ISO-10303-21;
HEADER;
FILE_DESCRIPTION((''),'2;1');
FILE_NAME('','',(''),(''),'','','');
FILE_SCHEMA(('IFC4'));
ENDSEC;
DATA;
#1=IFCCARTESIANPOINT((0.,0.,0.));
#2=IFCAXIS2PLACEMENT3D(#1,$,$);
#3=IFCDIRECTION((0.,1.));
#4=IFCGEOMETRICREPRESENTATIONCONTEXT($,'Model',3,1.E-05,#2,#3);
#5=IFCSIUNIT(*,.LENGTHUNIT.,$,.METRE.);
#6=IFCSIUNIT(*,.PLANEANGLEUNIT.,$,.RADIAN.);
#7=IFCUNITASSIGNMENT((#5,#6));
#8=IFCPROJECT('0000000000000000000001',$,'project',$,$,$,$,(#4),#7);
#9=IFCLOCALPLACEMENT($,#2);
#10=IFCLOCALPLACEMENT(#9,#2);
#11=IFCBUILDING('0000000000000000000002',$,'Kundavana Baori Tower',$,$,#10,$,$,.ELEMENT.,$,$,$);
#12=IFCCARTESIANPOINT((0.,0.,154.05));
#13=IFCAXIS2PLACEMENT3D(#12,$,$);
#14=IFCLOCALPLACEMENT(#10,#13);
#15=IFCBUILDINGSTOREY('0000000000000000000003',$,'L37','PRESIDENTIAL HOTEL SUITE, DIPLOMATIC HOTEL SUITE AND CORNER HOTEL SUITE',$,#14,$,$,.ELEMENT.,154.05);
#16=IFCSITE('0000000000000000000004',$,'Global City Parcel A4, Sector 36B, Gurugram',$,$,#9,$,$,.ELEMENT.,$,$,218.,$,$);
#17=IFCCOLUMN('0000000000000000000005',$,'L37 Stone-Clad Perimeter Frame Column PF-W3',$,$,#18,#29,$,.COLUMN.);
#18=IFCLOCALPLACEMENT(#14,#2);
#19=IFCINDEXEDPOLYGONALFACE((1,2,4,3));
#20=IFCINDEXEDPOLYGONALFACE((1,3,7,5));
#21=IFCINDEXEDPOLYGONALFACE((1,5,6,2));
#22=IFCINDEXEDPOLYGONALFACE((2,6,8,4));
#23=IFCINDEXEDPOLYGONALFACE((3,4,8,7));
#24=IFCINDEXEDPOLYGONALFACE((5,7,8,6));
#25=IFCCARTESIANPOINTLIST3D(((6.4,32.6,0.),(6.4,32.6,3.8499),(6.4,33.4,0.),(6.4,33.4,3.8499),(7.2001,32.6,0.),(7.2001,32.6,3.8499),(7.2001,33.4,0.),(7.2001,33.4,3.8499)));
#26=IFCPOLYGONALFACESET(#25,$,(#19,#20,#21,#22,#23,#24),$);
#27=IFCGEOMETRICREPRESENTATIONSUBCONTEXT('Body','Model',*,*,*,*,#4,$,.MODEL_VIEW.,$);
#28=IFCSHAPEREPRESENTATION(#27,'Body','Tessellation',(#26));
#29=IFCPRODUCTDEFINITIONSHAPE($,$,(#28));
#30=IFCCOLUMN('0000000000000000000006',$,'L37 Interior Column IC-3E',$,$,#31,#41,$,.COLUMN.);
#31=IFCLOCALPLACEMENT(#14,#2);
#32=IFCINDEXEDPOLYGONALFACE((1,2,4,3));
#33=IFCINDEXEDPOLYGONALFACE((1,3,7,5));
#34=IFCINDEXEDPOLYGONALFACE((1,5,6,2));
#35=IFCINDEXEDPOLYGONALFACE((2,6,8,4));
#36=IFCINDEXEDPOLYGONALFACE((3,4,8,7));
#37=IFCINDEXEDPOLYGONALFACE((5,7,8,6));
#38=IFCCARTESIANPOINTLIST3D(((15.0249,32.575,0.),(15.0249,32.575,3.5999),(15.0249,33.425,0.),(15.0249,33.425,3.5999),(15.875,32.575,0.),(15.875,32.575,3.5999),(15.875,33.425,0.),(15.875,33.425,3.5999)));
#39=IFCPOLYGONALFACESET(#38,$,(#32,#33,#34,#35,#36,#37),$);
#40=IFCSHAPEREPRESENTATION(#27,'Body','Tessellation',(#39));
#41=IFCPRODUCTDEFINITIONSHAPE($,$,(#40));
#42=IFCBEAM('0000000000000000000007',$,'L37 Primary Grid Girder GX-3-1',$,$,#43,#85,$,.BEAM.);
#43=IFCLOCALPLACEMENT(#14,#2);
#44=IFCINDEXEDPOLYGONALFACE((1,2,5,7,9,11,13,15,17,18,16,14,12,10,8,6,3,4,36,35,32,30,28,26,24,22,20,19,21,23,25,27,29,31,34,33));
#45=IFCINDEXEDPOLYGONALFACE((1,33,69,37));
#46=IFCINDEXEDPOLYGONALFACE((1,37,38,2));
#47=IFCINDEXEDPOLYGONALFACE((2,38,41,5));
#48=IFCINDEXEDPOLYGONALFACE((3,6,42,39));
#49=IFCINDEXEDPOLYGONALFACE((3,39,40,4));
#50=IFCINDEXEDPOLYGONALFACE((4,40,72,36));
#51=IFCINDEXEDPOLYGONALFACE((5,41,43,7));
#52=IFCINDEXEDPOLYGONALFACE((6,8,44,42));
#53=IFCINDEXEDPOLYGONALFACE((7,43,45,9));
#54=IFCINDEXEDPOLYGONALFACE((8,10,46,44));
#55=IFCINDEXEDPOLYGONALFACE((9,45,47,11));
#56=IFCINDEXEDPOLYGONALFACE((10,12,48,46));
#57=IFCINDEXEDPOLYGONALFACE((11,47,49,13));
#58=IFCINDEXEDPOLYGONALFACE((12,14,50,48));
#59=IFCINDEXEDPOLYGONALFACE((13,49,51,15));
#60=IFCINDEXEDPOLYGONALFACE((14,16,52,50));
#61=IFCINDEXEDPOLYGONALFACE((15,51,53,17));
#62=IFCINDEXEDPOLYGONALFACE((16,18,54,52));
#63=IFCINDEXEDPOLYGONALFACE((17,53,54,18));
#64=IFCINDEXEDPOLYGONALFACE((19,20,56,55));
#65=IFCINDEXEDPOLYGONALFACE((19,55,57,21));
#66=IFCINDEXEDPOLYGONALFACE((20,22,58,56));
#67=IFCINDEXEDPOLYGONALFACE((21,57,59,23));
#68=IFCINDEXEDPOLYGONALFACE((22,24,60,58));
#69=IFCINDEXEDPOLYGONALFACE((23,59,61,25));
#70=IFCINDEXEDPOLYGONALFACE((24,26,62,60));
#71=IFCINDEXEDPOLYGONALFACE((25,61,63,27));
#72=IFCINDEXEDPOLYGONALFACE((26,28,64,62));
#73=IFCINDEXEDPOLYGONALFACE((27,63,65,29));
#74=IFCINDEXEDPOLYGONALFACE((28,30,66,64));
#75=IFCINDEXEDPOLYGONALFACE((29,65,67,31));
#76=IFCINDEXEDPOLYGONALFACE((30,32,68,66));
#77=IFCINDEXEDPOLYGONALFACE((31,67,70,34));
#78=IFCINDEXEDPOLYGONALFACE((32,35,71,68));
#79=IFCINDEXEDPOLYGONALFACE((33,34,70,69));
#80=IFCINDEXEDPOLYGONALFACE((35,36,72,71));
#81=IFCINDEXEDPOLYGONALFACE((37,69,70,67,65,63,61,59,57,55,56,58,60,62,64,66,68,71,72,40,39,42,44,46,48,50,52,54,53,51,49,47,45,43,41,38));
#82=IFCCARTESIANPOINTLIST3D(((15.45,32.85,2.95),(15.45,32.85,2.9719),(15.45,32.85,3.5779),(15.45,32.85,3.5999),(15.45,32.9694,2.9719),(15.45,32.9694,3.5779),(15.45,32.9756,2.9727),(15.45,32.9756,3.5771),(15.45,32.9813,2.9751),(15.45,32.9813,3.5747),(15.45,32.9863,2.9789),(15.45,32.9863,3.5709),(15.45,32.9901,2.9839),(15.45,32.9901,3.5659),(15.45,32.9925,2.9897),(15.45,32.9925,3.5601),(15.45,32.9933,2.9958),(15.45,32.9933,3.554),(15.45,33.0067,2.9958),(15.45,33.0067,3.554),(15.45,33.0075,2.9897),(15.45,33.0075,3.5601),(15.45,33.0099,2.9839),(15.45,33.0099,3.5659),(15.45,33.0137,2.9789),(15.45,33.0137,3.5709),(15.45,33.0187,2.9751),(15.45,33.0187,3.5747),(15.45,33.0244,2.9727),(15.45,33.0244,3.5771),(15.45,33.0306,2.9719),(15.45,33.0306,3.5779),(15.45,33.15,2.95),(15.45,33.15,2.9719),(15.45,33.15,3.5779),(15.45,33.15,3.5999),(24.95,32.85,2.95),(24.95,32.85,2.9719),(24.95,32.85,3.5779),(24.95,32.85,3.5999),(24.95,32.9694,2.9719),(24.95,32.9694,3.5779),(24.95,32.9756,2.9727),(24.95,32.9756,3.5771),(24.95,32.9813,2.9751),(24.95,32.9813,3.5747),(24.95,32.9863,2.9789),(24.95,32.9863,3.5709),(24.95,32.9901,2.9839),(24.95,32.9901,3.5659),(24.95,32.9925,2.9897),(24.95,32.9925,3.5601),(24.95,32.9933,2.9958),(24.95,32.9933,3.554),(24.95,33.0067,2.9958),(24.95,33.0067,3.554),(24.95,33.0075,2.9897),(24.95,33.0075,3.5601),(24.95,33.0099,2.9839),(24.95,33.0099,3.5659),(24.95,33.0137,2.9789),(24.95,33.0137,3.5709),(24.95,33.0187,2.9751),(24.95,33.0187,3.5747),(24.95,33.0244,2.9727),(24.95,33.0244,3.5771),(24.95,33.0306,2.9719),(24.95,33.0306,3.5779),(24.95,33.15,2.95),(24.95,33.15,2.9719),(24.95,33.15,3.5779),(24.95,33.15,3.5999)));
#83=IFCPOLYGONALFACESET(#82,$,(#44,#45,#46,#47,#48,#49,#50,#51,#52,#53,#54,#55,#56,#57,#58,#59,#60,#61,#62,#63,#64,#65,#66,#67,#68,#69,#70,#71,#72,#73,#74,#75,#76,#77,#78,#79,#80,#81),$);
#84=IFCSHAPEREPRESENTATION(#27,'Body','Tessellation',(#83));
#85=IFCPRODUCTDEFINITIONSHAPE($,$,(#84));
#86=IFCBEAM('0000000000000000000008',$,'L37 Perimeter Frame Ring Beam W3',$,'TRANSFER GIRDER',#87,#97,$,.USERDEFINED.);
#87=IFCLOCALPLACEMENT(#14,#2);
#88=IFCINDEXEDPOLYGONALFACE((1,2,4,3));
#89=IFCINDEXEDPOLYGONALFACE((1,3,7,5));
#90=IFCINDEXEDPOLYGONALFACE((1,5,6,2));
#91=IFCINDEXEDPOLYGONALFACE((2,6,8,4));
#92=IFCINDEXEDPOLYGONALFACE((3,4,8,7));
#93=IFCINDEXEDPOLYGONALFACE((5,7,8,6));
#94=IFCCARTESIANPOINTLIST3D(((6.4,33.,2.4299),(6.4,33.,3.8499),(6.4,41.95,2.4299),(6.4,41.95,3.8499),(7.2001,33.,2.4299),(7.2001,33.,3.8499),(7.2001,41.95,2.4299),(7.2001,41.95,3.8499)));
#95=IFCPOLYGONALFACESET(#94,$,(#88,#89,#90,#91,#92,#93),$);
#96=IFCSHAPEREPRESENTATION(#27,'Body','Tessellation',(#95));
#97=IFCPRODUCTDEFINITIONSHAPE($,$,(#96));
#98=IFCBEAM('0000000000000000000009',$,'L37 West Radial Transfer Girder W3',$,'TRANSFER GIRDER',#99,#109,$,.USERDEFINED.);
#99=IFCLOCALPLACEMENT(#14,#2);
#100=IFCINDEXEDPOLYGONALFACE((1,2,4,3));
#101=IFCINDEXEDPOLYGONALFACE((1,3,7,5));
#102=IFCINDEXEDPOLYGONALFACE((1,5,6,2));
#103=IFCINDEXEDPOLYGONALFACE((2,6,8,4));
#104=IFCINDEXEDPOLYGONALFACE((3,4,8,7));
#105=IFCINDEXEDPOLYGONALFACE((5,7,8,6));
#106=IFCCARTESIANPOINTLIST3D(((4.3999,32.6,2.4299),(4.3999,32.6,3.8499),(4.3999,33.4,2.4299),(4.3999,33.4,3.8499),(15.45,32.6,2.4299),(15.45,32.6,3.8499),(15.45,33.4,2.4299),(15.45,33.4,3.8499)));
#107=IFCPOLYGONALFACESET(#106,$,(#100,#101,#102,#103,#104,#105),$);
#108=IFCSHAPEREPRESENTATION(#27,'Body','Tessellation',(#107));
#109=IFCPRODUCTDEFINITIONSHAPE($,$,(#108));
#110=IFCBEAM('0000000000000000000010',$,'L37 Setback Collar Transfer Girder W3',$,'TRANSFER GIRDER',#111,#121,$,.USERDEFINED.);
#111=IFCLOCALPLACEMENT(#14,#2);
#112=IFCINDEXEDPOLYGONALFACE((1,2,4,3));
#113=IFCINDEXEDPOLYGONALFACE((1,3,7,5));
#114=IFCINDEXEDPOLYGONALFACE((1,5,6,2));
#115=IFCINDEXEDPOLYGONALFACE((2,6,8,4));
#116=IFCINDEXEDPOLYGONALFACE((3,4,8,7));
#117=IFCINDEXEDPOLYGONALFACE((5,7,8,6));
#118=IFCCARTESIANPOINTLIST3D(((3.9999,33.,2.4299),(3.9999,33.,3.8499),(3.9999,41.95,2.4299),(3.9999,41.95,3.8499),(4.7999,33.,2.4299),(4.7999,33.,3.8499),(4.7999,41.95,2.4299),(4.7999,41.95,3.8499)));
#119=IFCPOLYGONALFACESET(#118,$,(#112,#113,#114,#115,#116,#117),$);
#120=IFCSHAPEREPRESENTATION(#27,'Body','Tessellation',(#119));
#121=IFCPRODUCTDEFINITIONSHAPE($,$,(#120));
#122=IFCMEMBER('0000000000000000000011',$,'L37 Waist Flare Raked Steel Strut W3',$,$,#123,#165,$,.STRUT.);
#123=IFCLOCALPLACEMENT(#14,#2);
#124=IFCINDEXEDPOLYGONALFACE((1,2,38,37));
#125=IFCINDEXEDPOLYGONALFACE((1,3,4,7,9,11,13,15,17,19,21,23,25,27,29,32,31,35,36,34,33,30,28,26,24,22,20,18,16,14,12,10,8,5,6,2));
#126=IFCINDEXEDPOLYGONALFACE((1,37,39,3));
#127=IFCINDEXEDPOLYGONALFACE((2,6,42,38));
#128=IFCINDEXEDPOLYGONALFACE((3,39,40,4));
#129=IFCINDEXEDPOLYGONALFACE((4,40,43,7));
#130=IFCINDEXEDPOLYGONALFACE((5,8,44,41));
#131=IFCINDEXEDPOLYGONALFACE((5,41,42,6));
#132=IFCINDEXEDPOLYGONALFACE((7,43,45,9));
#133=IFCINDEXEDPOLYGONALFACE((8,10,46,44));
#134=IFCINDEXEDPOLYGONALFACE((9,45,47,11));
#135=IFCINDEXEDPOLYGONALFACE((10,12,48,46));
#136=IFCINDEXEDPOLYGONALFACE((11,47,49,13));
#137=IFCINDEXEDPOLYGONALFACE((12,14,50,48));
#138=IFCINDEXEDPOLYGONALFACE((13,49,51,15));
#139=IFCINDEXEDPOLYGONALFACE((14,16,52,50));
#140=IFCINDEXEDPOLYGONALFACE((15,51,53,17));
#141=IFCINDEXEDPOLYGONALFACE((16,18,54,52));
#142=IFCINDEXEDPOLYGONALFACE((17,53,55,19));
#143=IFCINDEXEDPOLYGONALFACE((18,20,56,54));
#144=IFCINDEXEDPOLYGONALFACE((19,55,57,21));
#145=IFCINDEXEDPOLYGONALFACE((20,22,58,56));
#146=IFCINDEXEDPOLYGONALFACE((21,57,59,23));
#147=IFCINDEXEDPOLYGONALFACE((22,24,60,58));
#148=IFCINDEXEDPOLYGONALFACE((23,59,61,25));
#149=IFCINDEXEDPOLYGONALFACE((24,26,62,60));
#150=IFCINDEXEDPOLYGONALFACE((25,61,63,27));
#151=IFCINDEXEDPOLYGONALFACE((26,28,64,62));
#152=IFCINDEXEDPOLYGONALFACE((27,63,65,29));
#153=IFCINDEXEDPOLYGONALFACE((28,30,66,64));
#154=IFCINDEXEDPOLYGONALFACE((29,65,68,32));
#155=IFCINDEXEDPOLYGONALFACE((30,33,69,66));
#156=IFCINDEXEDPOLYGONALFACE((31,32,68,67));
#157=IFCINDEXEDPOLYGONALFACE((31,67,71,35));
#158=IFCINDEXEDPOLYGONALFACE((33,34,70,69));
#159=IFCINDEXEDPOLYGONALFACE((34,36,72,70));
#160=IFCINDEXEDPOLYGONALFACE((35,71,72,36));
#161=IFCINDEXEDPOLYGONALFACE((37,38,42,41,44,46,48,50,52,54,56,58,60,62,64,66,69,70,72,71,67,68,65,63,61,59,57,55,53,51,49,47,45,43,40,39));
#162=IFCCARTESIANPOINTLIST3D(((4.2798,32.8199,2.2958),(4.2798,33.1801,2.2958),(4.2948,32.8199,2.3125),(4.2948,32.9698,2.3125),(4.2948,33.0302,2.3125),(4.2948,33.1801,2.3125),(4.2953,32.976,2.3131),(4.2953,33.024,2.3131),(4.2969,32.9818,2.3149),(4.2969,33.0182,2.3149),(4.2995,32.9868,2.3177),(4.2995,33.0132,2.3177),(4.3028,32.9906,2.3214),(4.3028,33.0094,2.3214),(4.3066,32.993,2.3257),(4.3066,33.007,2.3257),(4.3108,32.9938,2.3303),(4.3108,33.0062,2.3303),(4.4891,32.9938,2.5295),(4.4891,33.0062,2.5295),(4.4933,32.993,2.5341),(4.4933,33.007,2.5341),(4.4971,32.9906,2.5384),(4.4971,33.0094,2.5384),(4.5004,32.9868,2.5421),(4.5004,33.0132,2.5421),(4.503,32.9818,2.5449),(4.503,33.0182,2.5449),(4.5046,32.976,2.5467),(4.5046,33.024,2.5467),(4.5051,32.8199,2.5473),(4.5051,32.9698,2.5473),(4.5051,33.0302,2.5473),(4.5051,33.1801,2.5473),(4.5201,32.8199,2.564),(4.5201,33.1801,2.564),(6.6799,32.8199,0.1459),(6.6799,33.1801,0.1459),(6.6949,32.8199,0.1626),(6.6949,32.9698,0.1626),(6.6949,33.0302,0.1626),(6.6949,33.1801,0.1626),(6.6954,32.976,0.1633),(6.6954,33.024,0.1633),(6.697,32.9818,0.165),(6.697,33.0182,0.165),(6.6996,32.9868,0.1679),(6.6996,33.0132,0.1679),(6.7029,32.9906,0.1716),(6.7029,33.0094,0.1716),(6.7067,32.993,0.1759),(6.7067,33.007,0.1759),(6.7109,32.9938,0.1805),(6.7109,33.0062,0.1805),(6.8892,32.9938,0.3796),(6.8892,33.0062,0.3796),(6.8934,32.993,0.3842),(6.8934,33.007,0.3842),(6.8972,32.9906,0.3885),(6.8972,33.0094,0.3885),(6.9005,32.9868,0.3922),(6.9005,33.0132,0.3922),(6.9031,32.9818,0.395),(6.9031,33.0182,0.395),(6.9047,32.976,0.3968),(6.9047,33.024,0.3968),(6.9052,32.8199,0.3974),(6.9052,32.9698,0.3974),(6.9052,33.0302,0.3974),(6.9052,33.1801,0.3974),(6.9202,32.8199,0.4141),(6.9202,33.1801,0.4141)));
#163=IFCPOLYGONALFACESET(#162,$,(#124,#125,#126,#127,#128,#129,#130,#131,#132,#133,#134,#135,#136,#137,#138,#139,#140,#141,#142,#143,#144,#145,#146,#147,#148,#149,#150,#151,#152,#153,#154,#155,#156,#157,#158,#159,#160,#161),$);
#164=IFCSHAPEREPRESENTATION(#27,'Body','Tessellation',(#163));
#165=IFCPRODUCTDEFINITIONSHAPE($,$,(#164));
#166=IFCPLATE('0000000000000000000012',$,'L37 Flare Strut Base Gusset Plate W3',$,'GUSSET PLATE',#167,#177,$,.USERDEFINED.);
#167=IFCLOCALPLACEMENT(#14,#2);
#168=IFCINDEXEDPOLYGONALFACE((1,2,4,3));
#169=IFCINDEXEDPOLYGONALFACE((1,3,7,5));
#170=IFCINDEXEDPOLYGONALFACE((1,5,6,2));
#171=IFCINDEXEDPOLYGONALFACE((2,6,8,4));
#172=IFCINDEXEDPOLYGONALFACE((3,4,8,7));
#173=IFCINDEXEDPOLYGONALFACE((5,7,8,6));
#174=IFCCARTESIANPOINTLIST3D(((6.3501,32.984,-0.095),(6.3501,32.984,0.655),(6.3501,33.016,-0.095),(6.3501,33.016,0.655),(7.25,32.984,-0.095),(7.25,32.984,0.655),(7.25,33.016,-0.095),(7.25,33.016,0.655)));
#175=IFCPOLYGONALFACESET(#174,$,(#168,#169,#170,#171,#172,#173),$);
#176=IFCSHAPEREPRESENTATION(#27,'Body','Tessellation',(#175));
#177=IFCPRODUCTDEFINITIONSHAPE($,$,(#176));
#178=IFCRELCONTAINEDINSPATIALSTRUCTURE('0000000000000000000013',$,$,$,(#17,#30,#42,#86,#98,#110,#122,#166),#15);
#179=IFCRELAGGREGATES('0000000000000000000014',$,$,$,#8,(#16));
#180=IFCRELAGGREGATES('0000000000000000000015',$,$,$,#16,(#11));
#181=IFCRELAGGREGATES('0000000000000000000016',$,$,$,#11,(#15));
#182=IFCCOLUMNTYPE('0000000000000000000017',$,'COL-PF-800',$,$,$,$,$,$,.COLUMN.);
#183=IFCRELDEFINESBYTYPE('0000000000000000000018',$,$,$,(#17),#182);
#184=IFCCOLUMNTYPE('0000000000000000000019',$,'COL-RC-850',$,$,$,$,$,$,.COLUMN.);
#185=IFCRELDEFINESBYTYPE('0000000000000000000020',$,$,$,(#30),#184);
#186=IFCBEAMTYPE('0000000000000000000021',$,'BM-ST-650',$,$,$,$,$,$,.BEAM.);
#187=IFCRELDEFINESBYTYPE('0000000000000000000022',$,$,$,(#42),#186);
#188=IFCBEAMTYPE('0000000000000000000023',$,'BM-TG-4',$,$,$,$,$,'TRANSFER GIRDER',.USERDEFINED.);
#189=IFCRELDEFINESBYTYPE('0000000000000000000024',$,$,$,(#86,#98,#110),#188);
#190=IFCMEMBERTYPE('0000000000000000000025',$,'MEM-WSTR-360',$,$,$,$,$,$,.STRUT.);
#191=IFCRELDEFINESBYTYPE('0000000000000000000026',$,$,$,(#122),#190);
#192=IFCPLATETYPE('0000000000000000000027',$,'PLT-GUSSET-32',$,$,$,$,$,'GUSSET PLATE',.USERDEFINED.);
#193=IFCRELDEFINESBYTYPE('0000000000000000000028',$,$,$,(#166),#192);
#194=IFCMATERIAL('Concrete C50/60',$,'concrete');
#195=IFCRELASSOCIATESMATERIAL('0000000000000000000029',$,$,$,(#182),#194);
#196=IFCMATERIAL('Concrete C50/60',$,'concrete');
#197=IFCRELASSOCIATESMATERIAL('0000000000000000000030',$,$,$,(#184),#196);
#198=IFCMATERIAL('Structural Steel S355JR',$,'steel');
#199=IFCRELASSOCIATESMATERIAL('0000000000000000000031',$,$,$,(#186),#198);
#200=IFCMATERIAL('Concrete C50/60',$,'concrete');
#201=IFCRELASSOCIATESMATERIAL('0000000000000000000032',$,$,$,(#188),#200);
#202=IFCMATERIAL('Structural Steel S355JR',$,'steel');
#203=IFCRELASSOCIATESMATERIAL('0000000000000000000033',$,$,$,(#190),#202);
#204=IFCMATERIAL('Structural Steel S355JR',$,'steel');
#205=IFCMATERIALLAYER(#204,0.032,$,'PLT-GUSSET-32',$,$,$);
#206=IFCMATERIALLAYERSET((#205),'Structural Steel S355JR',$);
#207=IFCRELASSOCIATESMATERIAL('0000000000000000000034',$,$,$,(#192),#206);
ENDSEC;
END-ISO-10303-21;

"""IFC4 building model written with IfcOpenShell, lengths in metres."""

from ifc_helpers import new_model, si_unit, direction, frame, origin, origin_2d, place, context, subcontext, project, spatial, rectangle, i_section, extrude, material, layer, layer_set, material_profile, profile_set, type_object, element, save


model = new_model("IFC4")

# Units and contexts
model_context = context("Model", 3, precision=1e-05, world=origin(), true_north=direction((0.0, 1.0)))
body_context = subcontext(model_context, "Body", "Model", "MODEL_VIEW")
ifc_project = project(units=[si_unit("LENGTHUNIT", "METRE"), si_unit("PLANEANGLEUNIT", "RADIAN")], contexts=[model_context])

# Site, building, storey
site_placement = place(None, origin())
site = spatial("IfcSite", under=ifc_project, at=site_placement, Name="Global City Parcel A4, Sector 36B, Gurugram", CompositionType="ELEMENT", RefElevation=218.0)
building_placement = place(site_placement, origin())
building = spatial("IfcBuilding", under=site, at=building_placement, Name="Kundavana Baori Tower", CompositionType="ELEMENT")
storey_placement = place(building_placement, frame((0.0, 0.0, 154.05)))
storey = spatial("IfcBuildingStorey", under=building, at=storey_placement, Name="L37", Description="PRESIDENTIAL HOTEL SUITE, DIPLOMATIC HOTEL SUITE AND CORNER HOTEL SUITE", CompositionType="ELEMENT", Elevation=154.05)

# Columns
ifc_material_1 = material(Name="Concrete C50/60", Category="concrete")
ifc_material_profile_1 = material_profile(ifc_material_1, rectangle(XDim=0.8, YDim=0.8, at=origin_2d()), Name="RC PF 800x800")
ifc_profile_set_1 = profile_set([ifc_material_profile_1], Name="Concrete C50/60")
column_type_1 = type_object("IfcColumnType", Name="COL-PF-800", PredefinedType="COLUMN", material=ifc_profile_set_1)
column_1_placement = place(storey_placement, frame((6.8, 33.0, 0.0), z_axis=(0.0, 0.0, 1.0), x_axis=(1.0, 0.0, 0.0)))
element("IfcColumn", 1, at=column_1_placement, inside=storey, type_object=column_type_1, Name="L37 Stone-Clad Perimeter Frame Column PF-W3", PredefinedType="COLUMN", context=body_context, shape_type="SweptSolid", body=[
    extrude(rectangle(XDim=0.8, YDim=0.8, at=origin_2d()), origin(), (0.0, 0.0, 1.0), 3.8499),
])
ifc_material_2 = material(Name="Concrete C50/60", Category="concrete")
ifc_material_profile_2 = material_profile(ifc_material_2, rectangle(XDim=0.8501, YDim=0.8501, at=origin_2d()), Name="RC 850x850")
ifc_profile_set_2 = profile_set([ifc_material_profile_2], Name="Concrete C50/60")
column_type_2 = type_object("IfcColumnType", Name="COL-RC-850", PredefinedType="COLUMN", material=ifc_profile_set_2)
column_2_placement = place(storey_placement, frame((15.45, 33.0, 0.0), z_axis=(0.0, 0.0, 1.0), x_axis=(1.0, 0.0, 0.0)))
element("IfcColumn", 2, at=column_2_placement, inside=storey, type_object=column_type_2, Name="L37 Interior Column IC-3E", PredefinedType="COLUMN", context=body_context, shape_type="SweptSolid", body=[
    extrude(rectangle(XDim=0.8501, YDim=0.8501, at=origin_2d()), origin(), (0.0, 0.0, 1.0), 3.5999),
])

# Beams
ifc_material_3 = material(Name="Structural Steel S355JR", Category="steel")
ifc_material_profile_3 = material_profile(ifc_material_3, i_section(OverallWidth=0.3, OverallDepth=0.6499, WebThickness=0.0134, FlangeThickness=0.022, FilletRadius=0.0239, at=origin_2d()), Name="NPB 650x300x155")
ifc_profile_set_3 = profile_set([ifc_material_profile_3], Name="Structural Steel S355JR")
beam_type_1 = type_object("IfcBeamType", Name="BM-ST-650", PredefinedType="BEAM", material=ifc_profile_set_3)
beam_1_placement = place(storey_placement, frame((15.45, 33.0, 3.2749), z_axis=(1.0, 0.0, 0.0), x_axis=(0.0, 1.0, 0.0)))
element("IfcBeam", 3, at=beam_1_placement, inside=storey, type_object=beam_type_1, Name="L37 Primary Grid Girder GX-3-1", PredefinedType="BEAM", context=body_context, shape_type="SweptSolid", body=[
    extrude(i_section(OverallWidth=0.3, OverallDepth=0.6499, WebThickness=0.0134, FlangeThickness=0.022, FilletRadius=0.0239, at=origin_2d()), origin(), (0.0, 0.0, 1.0), 9.5),
])
ifc_material_4 = material(Name="Concrete C50/60", Category="concrete")
ifc_material_profile_4 = material_profile(ifc_material_4, rectangle(XDim=0.8, YDim=1.4199, at=origin_2d()), Name="BM-TG-4")
ifc_profile_set_4 = profile_set([ifc_material_profile_4], Name="Concrete C50/60")
beam_type_2 = type_object("IfcBeamType", Name="BM-TG-4", ElementType="TRANSFER GIRDER", PredefinedType="USERDEFINED", material=ifc_profile_set_4)
beam_2_placement = place(storey_placement, frame((6.8, 33.0, 3.1399), z_axis=(0.0, 1.0, 0.0), x_axis=(-1.0, 0.0, 0.0)))
element("IfcBeam", 4, at=beam_2_placement, inside=storey, type_object=beam_type_2, Name="L37 Perimeter Frame Ring Beam W3", ObjectType="TRANSFER GIRDER", PredefinedType="USERDEFINED", context=body_context, shape_type="SweptSolid", body=[
    extrude(rectangle(XDim=0.8, YDim=1.4199, at=origin_2d()), origin(), (0.0, 0.0, 1.0), 8.95),
])
beam_3_placement = place(storey_placement, frame((15.45, 33.0, 3.1399), z_axis=(-1.0, 0.0, 0.0), x_axis=(0.0, -1.0, 0.0)))
element("IfcBeam", 5, at=beam_3_placement, inside=storey, type_object=beam_type_2, Name="L37 West Radial Transfer Girder W3", ObjectType="TRANSFER GIRDER", PredefinedType="USERDEFINED", context=body_context, shape_type="SweptSolid", body=[
    extrude(rectangle(XDim=0.8, YDim=1.4199, at=origin_2d()), origin(), (0.0, 0.0, 1.0), 11.05),
])
beam_4_placement = place(storey_placement, frame((4.3999, 33.0, 3.1399), z_axis=(0.0, 1.0, 0.0), x_axis=(-1.0, 0.0, 0.0)))
element("IfcBeam", 6, at=beam_4_placement, inside=storey, type_object=beam_type_2, Name="L37 Setback Collar Transfer Girder W3", ObjectType="TRANSFER GIRDER", PredefinedType="USERDEFINED", context=body_context, shape_type="SweptSolid", body=[
    extrude(rectangle(XDim=0.8, YDim=1.4199, at=origin_2d()), origin(), (0.0, 0.0, 1.0), 8.95),
])

# Member
ifc_material_5 = material(Name="Structural Steel S355JR", Category="steel")
ifc_material_profile_5 = material_profile(ifc_material_5, i_section(OverallWidth=0.3601, OverallDepth=0.3601, WebThickness=0.0125, FlangeThickness=0.0225, FilletRadius=0.0239, at=origin_2d()), Name="WPB 360x360x142")
ifc_profile_set_5 = profile_set([ifc_material_profile_5], Name="Structural Steel S355JR")
member_type = type_object("IfcMemberType", Name="MEM-WSTR-360", PredefinedType="STRUT", material=ifc_profile_set_5)
member_placement = place(storey_placement, frame((6.8, 33.0, 0.28), z_axis=(-0.744871, 0.0, 0.667209), x_axis=(0.0, -1.0, 0.0)))
element("IfcMember", 7, at=member_placement, inside=storey, type_object=member_type, Name="L37 Waist Flare Raked Steel Strut W3", PredefinedType="STRUT", context=body_context, shape_type="SweptSolid", body=[
    extrude(i_section(OverallWidth=0.3601, OverallDepth=0.3601, WebThickness=0.0125, FlangeThickness=0.0225, FilletRadius=0.0239, at=origin_2d()), origin(), (0.0, 0.0, 1.0), 3.2222),
])

# Plate
ifc_material_6 = material(Name="Structural Steel S355JR", Category="steel")
ifc_layer_1 = layer(ifc_material_6, 0.032, Name="PLT-GUSSET-32")
ifc_layer_set_1 = layer_set([ifc_layer_1], Name="Structural Steel S355JR")
plate_type = type_object("IfcPlateType", Name="PLT-GUSSET-32", ElementType="GUSSET PLATE", PredefinedType="USERDEFINED", material=ifc_layer_set_1)
for number, where, z_axis, x_axis, name in (
    (8, (6.8, 33.0, -0.095), (0.0, 0.0, 1.0), (1.0, 0.0, 0.0), "L37 Flare Strut Base Gusset Plate W3"),
):
    element("IfcPlate", number, at=place(storey_placement, frame(where, z_axis=z_axis, x_axis=x_axis)), inside=storey, type_object=plate_type, Name=name, ObjectType="GUSSET PLATE", PredefinedType="USERDEFINED", context=body_context, shape_type="SweptSolid", body=[
        extrude(rectangle(XDim=0.8999, YDim=0.032, at=origin_2d()), origin(), (0.0, 0.0, 1.0), 0.75),
    ])

save(model, "model.ifc")
